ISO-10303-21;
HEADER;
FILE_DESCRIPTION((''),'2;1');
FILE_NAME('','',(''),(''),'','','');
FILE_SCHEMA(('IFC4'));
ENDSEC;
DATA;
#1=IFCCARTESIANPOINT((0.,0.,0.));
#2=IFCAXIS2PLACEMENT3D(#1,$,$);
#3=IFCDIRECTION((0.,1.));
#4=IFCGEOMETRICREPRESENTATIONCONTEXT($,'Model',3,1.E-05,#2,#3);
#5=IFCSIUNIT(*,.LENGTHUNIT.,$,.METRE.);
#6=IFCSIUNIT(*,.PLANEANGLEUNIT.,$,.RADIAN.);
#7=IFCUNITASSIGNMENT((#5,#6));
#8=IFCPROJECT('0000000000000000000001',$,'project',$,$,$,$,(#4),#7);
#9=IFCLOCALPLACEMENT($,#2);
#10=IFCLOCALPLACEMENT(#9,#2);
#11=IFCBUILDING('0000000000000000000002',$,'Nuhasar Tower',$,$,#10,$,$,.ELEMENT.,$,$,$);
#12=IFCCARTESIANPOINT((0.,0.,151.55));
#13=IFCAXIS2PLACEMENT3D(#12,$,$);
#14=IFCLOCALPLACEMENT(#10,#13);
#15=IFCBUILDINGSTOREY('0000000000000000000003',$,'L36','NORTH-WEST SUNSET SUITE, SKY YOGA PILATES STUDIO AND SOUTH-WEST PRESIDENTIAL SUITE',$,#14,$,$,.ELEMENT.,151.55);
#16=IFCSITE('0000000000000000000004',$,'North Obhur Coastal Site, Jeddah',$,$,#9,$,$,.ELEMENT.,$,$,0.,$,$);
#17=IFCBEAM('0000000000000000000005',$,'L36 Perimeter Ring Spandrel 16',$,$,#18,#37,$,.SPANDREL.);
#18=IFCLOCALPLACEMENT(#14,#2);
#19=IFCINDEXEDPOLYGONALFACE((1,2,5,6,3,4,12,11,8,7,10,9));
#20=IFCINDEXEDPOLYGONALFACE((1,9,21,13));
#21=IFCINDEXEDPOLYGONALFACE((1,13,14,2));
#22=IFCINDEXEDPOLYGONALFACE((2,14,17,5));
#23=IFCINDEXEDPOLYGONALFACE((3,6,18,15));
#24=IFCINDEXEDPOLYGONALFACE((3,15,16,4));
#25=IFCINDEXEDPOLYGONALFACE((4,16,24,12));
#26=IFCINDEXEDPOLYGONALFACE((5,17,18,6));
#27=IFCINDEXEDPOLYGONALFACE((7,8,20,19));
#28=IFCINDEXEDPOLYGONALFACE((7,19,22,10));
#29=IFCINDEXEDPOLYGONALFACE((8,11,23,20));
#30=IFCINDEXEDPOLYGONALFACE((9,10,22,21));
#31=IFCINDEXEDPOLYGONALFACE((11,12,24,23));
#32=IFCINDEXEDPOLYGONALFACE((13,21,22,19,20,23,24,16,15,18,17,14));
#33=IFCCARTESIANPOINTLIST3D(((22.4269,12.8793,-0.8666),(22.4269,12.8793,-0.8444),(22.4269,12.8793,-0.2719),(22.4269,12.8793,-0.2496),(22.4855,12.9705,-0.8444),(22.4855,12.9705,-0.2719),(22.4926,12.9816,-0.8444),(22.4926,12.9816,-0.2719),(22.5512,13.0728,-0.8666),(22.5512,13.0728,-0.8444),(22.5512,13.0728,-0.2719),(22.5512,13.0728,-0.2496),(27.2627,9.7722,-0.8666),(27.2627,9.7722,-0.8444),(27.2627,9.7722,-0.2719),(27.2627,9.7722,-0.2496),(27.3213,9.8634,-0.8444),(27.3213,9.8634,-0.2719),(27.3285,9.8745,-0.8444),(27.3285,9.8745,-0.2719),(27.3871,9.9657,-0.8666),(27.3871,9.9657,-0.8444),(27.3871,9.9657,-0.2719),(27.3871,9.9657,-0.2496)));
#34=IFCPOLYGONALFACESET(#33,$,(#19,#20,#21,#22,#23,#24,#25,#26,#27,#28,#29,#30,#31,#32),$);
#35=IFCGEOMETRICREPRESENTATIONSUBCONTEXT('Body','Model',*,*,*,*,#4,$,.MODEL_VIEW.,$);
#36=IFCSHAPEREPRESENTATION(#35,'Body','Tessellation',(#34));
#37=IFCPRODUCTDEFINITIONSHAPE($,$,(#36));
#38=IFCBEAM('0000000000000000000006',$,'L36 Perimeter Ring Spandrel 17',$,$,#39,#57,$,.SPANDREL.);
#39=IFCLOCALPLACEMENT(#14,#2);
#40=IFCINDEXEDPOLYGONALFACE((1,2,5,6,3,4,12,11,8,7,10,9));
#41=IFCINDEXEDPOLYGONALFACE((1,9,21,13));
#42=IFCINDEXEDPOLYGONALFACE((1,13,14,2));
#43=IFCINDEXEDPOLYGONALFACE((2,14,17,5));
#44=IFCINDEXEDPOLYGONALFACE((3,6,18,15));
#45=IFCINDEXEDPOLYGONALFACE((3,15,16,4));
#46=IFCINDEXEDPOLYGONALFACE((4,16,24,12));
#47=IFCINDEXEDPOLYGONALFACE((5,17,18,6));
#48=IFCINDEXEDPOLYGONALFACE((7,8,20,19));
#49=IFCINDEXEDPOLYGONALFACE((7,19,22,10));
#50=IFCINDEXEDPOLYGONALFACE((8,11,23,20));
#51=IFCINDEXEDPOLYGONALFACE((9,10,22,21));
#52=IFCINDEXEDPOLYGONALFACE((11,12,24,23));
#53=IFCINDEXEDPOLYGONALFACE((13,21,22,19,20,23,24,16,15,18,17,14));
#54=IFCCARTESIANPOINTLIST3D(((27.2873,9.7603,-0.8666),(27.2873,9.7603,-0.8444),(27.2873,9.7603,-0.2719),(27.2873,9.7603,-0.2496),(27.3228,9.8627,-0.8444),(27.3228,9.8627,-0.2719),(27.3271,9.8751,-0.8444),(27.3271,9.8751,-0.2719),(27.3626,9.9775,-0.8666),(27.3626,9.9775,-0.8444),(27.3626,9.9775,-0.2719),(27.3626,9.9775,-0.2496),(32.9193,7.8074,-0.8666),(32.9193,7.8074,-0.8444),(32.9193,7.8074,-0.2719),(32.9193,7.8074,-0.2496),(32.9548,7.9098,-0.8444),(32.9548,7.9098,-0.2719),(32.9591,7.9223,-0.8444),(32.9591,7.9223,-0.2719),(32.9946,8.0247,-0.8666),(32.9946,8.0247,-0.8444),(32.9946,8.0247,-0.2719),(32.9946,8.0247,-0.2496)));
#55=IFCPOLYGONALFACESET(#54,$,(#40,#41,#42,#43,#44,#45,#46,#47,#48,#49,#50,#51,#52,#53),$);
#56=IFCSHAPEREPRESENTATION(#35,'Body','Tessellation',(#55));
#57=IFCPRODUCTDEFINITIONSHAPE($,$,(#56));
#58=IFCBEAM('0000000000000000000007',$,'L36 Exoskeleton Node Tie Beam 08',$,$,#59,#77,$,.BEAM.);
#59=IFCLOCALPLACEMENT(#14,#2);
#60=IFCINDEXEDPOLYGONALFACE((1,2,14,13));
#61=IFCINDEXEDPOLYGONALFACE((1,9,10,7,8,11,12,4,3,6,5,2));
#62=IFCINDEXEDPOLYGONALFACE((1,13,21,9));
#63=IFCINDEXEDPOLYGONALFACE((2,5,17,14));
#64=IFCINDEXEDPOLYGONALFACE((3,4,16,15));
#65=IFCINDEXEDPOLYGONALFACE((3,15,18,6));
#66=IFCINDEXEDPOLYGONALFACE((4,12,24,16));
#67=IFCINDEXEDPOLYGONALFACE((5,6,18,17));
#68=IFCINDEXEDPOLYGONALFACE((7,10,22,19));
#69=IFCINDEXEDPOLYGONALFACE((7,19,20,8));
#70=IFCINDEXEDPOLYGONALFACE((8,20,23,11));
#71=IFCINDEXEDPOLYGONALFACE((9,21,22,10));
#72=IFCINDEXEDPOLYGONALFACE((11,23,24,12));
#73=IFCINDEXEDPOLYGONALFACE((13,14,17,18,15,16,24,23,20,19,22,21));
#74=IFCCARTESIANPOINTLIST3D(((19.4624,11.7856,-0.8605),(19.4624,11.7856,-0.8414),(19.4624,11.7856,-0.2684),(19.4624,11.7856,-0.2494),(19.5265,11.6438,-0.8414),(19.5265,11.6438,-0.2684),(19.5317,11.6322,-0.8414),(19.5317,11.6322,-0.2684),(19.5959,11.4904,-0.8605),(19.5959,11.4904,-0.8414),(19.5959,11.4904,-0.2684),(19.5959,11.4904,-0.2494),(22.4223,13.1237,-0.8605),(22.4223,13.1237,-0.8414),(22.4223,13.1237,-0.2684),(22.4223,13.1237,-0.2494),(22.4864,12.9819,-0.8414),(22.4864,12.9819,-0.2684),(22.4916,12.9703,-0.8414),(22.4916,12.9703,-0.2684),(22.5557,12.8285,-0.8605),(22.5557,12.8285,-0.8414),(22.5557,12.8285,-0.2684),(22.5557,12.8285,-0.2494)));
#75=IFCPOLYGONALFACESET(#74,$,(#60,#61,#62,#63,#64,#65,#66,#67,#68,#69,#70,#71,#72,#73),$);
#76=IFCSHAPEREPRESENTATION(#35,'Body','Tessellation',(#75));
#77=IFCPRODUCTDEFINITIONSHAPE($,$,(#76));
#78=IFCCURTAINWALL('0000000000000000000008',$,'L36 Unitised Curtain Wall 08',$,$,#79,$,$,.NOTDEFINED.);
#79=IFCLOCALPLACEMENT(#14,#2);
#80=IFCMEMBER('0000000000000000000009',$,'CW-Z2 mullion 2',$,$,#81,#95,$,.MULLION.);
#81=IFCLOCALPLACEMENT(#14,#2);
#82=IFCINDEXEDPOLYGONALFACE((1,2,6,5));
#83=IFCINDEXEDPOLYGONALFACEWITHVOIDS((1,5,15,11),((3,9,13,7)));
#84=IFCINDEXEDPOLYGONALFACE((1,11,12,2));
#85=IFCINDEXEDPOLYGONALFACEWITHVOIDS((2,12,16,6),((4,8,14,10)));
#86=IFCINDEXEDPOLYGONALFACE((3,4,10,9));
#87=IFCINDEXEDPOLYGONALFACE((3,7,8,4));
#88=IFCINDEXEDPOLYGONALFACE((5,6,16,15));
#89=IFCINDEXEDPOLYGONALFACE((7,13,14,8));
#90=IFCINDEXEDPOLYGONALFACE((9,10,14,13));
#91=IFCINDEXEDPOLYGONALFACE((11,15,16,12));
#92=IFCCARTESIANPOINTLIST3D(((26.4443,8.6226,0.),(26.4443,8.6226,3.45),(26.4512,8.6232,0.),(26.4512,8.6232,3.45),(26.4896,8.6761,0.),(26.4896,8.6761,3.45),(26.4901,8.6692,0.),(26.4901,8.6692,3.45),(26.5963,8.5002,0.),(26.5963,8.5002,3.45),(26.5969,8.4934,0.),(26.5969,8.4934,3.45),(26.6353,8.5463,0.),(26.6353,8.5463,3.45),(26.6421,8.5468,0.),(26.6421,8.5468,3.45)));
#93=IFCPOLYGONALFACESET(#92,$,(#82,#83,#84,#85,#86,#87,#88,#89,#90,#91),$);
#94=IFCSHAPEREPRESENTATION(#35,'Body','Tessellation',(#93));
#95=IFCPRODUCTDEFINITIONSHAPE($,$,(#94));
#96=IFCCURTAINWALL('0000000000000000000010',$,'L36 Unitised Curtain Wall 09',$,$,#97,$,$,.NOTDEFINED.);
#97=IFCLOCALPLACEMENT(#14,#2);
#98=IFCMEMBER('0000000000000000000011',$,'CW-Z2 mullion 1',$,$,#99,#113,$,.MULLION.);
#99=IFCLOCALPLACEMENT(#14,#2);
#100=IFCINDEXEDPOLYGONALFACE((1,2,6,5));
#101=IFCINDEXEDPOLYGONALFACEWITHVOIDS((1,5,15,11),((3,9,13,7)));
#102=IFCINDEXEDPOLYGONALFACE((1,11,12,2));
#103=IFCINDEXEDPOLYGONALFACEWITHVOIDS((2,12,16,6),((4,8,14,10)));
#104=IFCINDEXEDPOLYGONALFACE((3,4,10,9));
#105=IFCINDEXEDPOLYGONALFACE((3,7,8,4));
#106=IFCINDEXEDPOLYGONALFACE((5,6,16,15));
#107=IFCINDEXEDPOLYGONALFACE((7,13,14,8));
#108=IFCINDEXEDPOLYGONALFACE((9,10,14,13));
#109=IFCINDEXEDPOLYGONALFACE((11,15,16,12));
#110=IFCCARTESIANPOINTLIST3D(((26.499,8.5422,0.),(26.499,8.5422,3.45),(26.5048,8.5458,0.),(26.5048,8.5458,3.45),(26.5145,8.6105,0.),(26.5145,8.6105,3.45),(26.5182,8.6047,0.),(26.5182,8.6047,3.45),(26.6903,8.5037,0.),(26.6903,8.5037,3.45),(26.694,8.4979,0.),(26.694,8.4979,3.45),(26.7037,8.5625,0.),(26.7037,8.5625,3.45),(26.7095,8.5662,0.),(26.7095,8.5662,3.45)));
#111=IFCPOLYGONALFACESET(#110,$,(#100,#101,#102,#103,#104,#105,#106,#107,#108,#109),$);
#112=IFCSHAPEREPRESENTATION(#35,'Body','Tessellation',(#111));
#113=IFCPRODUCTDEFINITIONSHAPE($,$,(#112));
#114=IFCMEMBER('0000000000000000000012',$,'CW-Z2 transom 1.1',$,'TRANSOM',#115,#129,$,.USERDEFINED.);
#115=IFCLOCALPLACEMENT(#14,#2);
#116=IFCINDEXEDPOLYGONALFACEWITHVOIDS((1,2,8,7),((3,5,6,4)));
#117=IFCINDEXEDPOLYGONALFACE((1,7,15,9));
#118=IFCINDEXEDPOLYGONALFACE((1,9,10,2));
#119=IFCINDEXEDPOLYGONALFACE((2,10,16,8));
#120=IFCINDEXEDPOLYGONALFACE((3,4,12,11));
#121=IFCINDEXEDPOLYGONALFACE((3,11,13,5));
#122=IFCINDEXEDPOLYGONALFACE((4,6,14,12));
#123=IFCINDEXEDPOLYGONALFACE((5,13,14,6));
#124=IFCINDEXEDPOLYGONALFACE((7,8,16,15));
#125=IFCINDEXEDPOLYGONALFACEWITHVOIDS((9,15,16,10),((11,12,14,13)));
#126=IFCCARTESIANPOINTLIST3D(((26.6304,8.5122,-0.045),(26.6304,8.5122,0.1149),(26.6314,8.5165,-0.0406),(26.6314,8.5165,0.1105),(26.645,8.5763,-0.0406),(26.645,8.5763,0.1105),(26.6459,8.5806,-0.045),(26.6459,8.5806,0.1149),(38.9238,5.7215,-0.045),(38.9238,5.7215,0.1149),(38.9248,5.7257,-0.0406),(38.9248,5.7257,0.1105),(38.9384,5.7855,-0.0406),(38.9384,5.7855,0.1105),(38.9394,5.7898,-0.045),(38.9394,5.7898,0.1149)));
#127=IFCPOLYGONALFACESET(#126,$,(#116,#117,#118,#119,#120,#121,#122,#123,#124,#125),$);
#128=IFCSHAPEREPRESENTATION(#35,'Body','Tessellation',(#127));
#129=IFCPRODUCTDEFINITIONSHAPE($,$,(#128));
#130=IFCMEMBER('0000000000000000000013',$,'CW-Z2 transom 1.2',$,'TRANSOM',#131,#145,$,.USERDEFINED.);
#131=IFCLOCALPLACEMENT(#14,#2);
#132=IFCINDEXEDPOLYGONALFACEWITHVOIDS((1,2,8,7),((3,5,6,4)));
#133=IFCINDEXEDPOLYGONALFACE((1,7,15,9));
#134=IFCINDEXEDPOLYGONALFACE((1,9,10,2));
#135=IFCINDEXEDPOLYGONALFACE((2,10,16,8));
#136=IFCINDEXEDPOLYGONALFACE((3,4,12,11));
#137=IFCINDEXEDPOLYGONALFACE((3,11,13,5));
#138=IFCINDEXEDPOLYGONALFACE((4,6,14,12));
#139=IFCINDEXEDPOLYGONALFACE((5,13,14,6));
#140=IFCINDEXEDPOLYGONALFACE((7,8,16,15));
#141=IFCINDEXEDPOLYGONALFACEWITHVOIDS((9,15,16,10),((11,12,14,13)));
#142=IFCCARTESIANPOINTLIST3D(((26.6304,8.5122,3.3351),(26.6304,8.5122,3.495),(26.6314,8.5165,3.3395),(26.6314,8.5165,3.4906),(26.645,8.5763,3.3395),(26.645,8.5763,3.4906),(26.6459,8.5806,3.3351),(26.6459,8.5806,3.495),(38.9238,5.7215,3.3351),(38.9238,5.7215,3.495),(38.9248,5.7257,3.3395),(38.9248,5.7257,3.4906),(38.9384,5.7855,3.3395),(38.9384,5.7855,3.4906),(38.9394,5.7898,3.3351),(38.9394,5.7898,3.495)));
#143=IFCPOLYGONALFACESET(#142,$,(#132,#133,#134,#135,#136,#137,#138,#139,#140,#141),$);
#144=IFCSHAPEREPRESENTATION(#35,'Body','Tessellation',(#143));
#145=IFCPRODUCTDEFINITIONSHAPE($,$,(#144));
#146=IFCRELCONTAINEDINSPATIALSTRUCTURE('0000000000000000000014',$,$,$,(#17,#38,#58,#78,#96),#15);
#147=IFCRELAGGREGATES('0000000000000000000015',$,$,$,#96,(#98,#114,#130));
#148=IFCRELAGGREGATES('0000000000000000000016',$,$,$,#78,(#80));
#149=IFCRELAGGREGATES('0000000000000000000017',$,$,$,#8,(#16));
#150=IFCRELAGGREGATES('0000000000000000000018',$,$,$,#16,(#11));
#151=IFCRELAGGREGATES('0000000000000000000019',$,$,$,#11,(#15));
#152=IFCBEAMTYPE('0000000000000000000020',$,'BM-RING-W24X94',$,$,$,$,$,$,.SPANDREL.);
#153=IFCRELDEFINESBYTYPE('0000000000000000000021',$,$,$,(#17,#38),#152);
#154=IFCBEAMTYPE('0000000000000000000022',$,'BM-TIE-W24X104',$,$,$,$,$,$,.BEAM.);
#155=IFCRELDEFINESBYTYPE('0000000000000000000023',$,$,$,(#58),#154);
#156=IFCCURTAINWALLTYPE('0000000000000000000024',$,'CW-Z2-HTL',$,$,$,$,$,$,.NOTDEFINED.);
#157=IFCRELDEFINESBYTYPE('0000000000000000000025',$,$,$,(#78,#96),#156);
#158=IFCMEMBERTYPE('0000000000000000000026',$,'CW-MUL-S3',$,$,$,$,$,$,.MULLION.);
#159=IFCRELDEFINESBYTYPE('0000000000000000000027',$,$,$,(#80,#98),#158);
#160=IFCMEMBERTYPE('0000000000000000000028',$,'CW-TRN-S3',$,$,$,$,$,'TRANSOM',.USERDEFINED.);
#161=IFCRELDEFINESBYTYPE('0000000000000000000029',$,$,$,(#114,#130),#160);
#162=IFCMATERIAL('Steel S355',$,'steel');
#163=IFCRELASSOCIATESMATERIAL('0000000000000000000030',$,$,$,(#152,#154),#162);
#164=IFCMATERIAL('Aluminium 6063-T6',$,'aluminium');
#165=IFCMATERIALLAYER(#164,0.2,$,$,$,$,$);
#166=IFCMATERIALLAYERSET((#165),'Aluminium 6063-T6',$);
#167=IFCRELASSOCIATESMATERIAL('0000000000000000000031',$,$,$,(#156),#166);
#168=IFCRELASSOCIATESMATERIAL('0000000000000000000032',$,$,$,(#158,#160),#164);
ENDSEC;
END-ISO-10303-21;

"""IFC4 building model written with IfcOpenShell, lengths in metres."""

from ifc_helpers import new_model, si_unit, direction, frame, origin, origin_2d, place, context, subcontext, project, spatial, hollow_rectangle, i_section, extrude, material, layer, layer_set, material_profile, profile_set, type_object, element, aggregate, save


model = new_model("IFC4")

# Units and contexts
model_context = context("Model", 3, precision=1e-05, world=origin(), true_north=direction((0.0, 1.0)))
body_context = subcontext(model_context, "Body", "Model", "MODEL_VIEW")
ifc_project = project(units=[si_unit("LENGTHUNIT", "METRE"), si_unit("PLANEANGLEUNIT", "RADIAN")], contexts=[model_context])

# Site, building, storey
site_placement = place(None, origin())
site = spatial("IfcSite", under=ifc_project, at=site_placement, Name="North Obhur Coastal Site, Jeddah", CompositionType="ELEMENT", RefElevation=0.0)
building_placement = place(site_placement, origin())
building = spatial("IfcBuilding", under=site, at=building_placement, Name="Nuhasar Tower", CompositionType="ELEMENT")
storey_placement = place(building_placement, frame((0.0, 0.0, 151.55)))
storey = spatial("IfcBuildingStorey", under=building, at=storey_placement, Name="L36", Description="NORTH-WEST SUNSET SUITE, SKY YOGA PILATES STUDIO AND SOUTH-WEST PRESIDENTIAL SUITE", CompositionType="ELEMENT", Elevation=151.55)

# Beams
ifc_material_1 = material(Name="Steel S355", Category="steel")
ifc_material_profile_1 = material_profile(ifc_material_1, i_section(OverallWidth=0.23, OverallDepth=0.6169, WebThickness=0.0132, FlangeThickness=0.0222, at=origin_2d()), Name="W24X94")
ifc_profile_set_1 = profile_set([ifc_material_profile_1], Name="Steel S355")
beam_type_1 = type_object("IfcBeamType", Name="BM-RING-W24X94", PredefinedType="SPANDREL", material=ifc_profile_set_1)
beam_1_placement = place(storey_placement, frame((22.489, 12.9761, -0.5581), z_axis=(0.841308, -0.540556, 0.0), x_axis=(0.540556, 0.841308, 0.0)))
element("IfcBeam", 1, at=beam_1_placement, inside=storey, type_object=beam_type_1, Name="L36 Perimeter Ring Spandrel 16", PredefinedType="SPANDREL", context=body_context, shape_type="SweptSolid", body=[
    extrude(i_section(OverallWidth=0.23, OverallDepth=0.6169, WebThickness=0.0132, FlangeThickness=0.0222, at=origin_2d()), origin(), (0.0, 0.0, 1.0), 5.748),
])
beam_2_placement = place(storey_placement, frame((27.325, 9.8689, -0.5581), z_axis=(0.944814, -0.327607, 0.0), x_axis=(0.327607, 0.944814, 0.0)))
element("IfcBeam", 2, at=beam_2_placement, inside=storey, type_object=beam_type_1, Name="L36 Perimeter Ring Spandrel 17", PredefinedType="SPANDREL", context=body_context, shape_type="SweptSolid", body=[
    extrude(i_section(OverallWidth=0.23, OverallDepth=0.6169, WebThickness=0.0132, FlangeThickness=0.0222, at=origin_2d()), origin(), (0.0, 0.0, 1.0), 5.9609),
])
ifc_material_profile_2 = material_profile(ifc_material_1, i_section(OverallWidth=0.324, OverallDepth=0.6111, WebThickness=0.0127, FlangeThickness=0.019, at=origin_2d()), Name="W24X104")
ifc_profile_set_2 = profile_set([ifc_material_profile_2], Name="Steel S355")
beam_type_2 = type_object("IfcBeamType", Name="BM-TIE-W24X104", PredefinedType="BEAM", material=ifc_profile_set_2)
beam_3_placement = place(storey_placement, frame((22.489, 12.9761, -0.5549), z_axis=(-0.911211, -0.411939, 0.0), x_axis=(0.411939, -0.911211, 0.0)))
element("IfcBeam", 3, at=beam_3_placement, inside=storey, type_object=beam_type_2, Name="L36 Exoskeleton Node Tie Beam 08", PredefinedType="BEAM", context=body_context, shape_type="SweptSolid", body=[
    extrude(i_section(OverallWidth=0.324, OverallDepth=0.6111, WebThickness=0.0127, FlangeThickness=0.019, at=origin_2d()), origin(), (0.0, 0.0, 1.0), 3.2483),
])

# Curtain wall, member
ifc_material_2 = material(Name="Aluminium 6063-T6", Category="aluminium")
ifc_layer_1 = layer(ifc_material_2, 0.2)
ifc_layer_set_1 = layer_set([ifc_layer_1], Name="Aluminium 6063-T6")
curtain_wall_type = type_object("IfcCurtainWallType", Name="CW-Z2-HTL", PredefinedType="NOTDEFINED", material=ifc_layer_set_1)
curtain_wall_1_placement = place(storey_placement, origin())
curtain_wall_1 = element("IfcCurtainWall", 4, at=curtain_wall_1_placement, inside=storey, type_object=curtain_wall_type, Name="L36 Unitised Curtain Wall 08", PredefinedType="NOTDEFINED")
ifc_material_profile_3 = material_profile(ifc_material_2, hollow_rectangle(XDim=0.0701, YDim=0.2, WallThickness=0.0049, at=origin_2d()), Name="CWM-3")
ifc_profile_set_3 = profile_set([ifc_material_profile_3], Name="Aluminium 6063-T6")
member_type_1 = type_object("IfcMemberType", Name="CW-MUL-S3", PredefinedType="MULLION", material=ifc_profile_set_3)
member_1_placement = place(storey_placement, frame((26.5432, 8.5847, 0.0), z_axis=(0.0, 0.0, 1.0), x_axis=(0.646374, 0.76302, 0.0)))
member_1 = element("IfcMember", 5, at=member_1_placement, type_object=member_type_1, Name="CW-Z2 mullion 2", PredefinedType="MULLION", context=body_context, shape_type="SweptSolid", body=[
    extrude(hollow_rectangle(XDim=0.0701, YDim=0.2, WallThickness=0.0049, at=origin_2d()), origin(), (0.0, 0.0, 1.0), 3.45),
])

# Curtain wall, members
curtain_wall_2_placement = place(storey_placement, origin())
curtain_wall_2 = element("IfcCurtainWall", 6, at=curtain_wall_2_placement, inside=storey, type_object=curtain_wall_type, Name="L36 Unitised Curtain Wall 09", PredefinedType="NOTDEFINED")
member_2_placement = place(storey_placement, frame((26.6042, 8.5542, 0.0), z_axis=(0.0, 0.0, 1.0), x_axis=(0.221397, 0.975184, 0.0)))
member_2 = element("IfcMember", 7, at=member_2_placement, type_object=member_type_1, Name="CW-Z2 mullion 1", PredefinedType="MULLION", context=body_context, shape_type="SweptSolid", body=[
    extrude(hollow_rectangle(XDim=0.0701, YDim=0.2, WallThickness=0.0049, at=origin_2d()), origin(), (0.0, 0.0, 1.0), 3.45),
])
ifc_material_profile_4 = material_profile(ifc_material_2, hollow_rectangle(XDim=0.0701, YDim=0.1599, WallThickness=0.0044, at=origin_2d()), Name="CWT-3")
ifc_profile_set_4 = profile_set([ifc_material_profile_4], Name="Aluminium 6063-T6")
member_type_2 = type_object("IfcMemberType", Name="CW-TRN-S3", ElementType="TRANSOM", PredefinedType="USERDEFINED", material=ifc_profile_set_4)
member_3_placement = place(storey_placement, frame((26.6382, 8.5464, 0.0349), z_axis=(0.975188, -0.22138, 0.0), x_axis=(0.22138, 0.975188, 0.0)))
member_3 = element("IfcMember", 8, at=member_3_placement, type_object=member_type_2, Name="CW-Z2 transom 1.1", ObjectType="TRANSOM", PredefinedType="USERDEFINED", context=body_context, shape_type="SweptSolid", body=[
    extrude(hollow_rectangle(XDim=0.0701, YDim=0.1599, WallThickness=0.0044, at=origin_2d()), origin(), (0.0, 0.0, 1.0), 12.6062),
])
member_4_placement = place(storey_placement, frame((26.6382, 8.5464, 3.415), z_axis=(0.975188, -0.22138, 0.0), x_axis=(0.22138, 0.975188, 0.0)))
member_4 = element("IfcMember", 9, at=member_4_placement, type_object=member_type_2, Name="CW-Z2 transom 1.2", ObjectType="TRANSOM", PredefinedType="USERDEFINED", context=body_context, shape_type="SweptSolid", body=[
    extrude(hollow_rectangle(XDim=0.0701, YDim=0.1599, WallThickness=0.0044, at=origin_2d()), origin(), (0.0, 0.0, 1.0), 12.6062),
])
aggregate(curtain_wall_2, [member_2, member_3, member_4])

aggregate(curtain_wall_1, [member_1])

save(model, "model.ifc")
